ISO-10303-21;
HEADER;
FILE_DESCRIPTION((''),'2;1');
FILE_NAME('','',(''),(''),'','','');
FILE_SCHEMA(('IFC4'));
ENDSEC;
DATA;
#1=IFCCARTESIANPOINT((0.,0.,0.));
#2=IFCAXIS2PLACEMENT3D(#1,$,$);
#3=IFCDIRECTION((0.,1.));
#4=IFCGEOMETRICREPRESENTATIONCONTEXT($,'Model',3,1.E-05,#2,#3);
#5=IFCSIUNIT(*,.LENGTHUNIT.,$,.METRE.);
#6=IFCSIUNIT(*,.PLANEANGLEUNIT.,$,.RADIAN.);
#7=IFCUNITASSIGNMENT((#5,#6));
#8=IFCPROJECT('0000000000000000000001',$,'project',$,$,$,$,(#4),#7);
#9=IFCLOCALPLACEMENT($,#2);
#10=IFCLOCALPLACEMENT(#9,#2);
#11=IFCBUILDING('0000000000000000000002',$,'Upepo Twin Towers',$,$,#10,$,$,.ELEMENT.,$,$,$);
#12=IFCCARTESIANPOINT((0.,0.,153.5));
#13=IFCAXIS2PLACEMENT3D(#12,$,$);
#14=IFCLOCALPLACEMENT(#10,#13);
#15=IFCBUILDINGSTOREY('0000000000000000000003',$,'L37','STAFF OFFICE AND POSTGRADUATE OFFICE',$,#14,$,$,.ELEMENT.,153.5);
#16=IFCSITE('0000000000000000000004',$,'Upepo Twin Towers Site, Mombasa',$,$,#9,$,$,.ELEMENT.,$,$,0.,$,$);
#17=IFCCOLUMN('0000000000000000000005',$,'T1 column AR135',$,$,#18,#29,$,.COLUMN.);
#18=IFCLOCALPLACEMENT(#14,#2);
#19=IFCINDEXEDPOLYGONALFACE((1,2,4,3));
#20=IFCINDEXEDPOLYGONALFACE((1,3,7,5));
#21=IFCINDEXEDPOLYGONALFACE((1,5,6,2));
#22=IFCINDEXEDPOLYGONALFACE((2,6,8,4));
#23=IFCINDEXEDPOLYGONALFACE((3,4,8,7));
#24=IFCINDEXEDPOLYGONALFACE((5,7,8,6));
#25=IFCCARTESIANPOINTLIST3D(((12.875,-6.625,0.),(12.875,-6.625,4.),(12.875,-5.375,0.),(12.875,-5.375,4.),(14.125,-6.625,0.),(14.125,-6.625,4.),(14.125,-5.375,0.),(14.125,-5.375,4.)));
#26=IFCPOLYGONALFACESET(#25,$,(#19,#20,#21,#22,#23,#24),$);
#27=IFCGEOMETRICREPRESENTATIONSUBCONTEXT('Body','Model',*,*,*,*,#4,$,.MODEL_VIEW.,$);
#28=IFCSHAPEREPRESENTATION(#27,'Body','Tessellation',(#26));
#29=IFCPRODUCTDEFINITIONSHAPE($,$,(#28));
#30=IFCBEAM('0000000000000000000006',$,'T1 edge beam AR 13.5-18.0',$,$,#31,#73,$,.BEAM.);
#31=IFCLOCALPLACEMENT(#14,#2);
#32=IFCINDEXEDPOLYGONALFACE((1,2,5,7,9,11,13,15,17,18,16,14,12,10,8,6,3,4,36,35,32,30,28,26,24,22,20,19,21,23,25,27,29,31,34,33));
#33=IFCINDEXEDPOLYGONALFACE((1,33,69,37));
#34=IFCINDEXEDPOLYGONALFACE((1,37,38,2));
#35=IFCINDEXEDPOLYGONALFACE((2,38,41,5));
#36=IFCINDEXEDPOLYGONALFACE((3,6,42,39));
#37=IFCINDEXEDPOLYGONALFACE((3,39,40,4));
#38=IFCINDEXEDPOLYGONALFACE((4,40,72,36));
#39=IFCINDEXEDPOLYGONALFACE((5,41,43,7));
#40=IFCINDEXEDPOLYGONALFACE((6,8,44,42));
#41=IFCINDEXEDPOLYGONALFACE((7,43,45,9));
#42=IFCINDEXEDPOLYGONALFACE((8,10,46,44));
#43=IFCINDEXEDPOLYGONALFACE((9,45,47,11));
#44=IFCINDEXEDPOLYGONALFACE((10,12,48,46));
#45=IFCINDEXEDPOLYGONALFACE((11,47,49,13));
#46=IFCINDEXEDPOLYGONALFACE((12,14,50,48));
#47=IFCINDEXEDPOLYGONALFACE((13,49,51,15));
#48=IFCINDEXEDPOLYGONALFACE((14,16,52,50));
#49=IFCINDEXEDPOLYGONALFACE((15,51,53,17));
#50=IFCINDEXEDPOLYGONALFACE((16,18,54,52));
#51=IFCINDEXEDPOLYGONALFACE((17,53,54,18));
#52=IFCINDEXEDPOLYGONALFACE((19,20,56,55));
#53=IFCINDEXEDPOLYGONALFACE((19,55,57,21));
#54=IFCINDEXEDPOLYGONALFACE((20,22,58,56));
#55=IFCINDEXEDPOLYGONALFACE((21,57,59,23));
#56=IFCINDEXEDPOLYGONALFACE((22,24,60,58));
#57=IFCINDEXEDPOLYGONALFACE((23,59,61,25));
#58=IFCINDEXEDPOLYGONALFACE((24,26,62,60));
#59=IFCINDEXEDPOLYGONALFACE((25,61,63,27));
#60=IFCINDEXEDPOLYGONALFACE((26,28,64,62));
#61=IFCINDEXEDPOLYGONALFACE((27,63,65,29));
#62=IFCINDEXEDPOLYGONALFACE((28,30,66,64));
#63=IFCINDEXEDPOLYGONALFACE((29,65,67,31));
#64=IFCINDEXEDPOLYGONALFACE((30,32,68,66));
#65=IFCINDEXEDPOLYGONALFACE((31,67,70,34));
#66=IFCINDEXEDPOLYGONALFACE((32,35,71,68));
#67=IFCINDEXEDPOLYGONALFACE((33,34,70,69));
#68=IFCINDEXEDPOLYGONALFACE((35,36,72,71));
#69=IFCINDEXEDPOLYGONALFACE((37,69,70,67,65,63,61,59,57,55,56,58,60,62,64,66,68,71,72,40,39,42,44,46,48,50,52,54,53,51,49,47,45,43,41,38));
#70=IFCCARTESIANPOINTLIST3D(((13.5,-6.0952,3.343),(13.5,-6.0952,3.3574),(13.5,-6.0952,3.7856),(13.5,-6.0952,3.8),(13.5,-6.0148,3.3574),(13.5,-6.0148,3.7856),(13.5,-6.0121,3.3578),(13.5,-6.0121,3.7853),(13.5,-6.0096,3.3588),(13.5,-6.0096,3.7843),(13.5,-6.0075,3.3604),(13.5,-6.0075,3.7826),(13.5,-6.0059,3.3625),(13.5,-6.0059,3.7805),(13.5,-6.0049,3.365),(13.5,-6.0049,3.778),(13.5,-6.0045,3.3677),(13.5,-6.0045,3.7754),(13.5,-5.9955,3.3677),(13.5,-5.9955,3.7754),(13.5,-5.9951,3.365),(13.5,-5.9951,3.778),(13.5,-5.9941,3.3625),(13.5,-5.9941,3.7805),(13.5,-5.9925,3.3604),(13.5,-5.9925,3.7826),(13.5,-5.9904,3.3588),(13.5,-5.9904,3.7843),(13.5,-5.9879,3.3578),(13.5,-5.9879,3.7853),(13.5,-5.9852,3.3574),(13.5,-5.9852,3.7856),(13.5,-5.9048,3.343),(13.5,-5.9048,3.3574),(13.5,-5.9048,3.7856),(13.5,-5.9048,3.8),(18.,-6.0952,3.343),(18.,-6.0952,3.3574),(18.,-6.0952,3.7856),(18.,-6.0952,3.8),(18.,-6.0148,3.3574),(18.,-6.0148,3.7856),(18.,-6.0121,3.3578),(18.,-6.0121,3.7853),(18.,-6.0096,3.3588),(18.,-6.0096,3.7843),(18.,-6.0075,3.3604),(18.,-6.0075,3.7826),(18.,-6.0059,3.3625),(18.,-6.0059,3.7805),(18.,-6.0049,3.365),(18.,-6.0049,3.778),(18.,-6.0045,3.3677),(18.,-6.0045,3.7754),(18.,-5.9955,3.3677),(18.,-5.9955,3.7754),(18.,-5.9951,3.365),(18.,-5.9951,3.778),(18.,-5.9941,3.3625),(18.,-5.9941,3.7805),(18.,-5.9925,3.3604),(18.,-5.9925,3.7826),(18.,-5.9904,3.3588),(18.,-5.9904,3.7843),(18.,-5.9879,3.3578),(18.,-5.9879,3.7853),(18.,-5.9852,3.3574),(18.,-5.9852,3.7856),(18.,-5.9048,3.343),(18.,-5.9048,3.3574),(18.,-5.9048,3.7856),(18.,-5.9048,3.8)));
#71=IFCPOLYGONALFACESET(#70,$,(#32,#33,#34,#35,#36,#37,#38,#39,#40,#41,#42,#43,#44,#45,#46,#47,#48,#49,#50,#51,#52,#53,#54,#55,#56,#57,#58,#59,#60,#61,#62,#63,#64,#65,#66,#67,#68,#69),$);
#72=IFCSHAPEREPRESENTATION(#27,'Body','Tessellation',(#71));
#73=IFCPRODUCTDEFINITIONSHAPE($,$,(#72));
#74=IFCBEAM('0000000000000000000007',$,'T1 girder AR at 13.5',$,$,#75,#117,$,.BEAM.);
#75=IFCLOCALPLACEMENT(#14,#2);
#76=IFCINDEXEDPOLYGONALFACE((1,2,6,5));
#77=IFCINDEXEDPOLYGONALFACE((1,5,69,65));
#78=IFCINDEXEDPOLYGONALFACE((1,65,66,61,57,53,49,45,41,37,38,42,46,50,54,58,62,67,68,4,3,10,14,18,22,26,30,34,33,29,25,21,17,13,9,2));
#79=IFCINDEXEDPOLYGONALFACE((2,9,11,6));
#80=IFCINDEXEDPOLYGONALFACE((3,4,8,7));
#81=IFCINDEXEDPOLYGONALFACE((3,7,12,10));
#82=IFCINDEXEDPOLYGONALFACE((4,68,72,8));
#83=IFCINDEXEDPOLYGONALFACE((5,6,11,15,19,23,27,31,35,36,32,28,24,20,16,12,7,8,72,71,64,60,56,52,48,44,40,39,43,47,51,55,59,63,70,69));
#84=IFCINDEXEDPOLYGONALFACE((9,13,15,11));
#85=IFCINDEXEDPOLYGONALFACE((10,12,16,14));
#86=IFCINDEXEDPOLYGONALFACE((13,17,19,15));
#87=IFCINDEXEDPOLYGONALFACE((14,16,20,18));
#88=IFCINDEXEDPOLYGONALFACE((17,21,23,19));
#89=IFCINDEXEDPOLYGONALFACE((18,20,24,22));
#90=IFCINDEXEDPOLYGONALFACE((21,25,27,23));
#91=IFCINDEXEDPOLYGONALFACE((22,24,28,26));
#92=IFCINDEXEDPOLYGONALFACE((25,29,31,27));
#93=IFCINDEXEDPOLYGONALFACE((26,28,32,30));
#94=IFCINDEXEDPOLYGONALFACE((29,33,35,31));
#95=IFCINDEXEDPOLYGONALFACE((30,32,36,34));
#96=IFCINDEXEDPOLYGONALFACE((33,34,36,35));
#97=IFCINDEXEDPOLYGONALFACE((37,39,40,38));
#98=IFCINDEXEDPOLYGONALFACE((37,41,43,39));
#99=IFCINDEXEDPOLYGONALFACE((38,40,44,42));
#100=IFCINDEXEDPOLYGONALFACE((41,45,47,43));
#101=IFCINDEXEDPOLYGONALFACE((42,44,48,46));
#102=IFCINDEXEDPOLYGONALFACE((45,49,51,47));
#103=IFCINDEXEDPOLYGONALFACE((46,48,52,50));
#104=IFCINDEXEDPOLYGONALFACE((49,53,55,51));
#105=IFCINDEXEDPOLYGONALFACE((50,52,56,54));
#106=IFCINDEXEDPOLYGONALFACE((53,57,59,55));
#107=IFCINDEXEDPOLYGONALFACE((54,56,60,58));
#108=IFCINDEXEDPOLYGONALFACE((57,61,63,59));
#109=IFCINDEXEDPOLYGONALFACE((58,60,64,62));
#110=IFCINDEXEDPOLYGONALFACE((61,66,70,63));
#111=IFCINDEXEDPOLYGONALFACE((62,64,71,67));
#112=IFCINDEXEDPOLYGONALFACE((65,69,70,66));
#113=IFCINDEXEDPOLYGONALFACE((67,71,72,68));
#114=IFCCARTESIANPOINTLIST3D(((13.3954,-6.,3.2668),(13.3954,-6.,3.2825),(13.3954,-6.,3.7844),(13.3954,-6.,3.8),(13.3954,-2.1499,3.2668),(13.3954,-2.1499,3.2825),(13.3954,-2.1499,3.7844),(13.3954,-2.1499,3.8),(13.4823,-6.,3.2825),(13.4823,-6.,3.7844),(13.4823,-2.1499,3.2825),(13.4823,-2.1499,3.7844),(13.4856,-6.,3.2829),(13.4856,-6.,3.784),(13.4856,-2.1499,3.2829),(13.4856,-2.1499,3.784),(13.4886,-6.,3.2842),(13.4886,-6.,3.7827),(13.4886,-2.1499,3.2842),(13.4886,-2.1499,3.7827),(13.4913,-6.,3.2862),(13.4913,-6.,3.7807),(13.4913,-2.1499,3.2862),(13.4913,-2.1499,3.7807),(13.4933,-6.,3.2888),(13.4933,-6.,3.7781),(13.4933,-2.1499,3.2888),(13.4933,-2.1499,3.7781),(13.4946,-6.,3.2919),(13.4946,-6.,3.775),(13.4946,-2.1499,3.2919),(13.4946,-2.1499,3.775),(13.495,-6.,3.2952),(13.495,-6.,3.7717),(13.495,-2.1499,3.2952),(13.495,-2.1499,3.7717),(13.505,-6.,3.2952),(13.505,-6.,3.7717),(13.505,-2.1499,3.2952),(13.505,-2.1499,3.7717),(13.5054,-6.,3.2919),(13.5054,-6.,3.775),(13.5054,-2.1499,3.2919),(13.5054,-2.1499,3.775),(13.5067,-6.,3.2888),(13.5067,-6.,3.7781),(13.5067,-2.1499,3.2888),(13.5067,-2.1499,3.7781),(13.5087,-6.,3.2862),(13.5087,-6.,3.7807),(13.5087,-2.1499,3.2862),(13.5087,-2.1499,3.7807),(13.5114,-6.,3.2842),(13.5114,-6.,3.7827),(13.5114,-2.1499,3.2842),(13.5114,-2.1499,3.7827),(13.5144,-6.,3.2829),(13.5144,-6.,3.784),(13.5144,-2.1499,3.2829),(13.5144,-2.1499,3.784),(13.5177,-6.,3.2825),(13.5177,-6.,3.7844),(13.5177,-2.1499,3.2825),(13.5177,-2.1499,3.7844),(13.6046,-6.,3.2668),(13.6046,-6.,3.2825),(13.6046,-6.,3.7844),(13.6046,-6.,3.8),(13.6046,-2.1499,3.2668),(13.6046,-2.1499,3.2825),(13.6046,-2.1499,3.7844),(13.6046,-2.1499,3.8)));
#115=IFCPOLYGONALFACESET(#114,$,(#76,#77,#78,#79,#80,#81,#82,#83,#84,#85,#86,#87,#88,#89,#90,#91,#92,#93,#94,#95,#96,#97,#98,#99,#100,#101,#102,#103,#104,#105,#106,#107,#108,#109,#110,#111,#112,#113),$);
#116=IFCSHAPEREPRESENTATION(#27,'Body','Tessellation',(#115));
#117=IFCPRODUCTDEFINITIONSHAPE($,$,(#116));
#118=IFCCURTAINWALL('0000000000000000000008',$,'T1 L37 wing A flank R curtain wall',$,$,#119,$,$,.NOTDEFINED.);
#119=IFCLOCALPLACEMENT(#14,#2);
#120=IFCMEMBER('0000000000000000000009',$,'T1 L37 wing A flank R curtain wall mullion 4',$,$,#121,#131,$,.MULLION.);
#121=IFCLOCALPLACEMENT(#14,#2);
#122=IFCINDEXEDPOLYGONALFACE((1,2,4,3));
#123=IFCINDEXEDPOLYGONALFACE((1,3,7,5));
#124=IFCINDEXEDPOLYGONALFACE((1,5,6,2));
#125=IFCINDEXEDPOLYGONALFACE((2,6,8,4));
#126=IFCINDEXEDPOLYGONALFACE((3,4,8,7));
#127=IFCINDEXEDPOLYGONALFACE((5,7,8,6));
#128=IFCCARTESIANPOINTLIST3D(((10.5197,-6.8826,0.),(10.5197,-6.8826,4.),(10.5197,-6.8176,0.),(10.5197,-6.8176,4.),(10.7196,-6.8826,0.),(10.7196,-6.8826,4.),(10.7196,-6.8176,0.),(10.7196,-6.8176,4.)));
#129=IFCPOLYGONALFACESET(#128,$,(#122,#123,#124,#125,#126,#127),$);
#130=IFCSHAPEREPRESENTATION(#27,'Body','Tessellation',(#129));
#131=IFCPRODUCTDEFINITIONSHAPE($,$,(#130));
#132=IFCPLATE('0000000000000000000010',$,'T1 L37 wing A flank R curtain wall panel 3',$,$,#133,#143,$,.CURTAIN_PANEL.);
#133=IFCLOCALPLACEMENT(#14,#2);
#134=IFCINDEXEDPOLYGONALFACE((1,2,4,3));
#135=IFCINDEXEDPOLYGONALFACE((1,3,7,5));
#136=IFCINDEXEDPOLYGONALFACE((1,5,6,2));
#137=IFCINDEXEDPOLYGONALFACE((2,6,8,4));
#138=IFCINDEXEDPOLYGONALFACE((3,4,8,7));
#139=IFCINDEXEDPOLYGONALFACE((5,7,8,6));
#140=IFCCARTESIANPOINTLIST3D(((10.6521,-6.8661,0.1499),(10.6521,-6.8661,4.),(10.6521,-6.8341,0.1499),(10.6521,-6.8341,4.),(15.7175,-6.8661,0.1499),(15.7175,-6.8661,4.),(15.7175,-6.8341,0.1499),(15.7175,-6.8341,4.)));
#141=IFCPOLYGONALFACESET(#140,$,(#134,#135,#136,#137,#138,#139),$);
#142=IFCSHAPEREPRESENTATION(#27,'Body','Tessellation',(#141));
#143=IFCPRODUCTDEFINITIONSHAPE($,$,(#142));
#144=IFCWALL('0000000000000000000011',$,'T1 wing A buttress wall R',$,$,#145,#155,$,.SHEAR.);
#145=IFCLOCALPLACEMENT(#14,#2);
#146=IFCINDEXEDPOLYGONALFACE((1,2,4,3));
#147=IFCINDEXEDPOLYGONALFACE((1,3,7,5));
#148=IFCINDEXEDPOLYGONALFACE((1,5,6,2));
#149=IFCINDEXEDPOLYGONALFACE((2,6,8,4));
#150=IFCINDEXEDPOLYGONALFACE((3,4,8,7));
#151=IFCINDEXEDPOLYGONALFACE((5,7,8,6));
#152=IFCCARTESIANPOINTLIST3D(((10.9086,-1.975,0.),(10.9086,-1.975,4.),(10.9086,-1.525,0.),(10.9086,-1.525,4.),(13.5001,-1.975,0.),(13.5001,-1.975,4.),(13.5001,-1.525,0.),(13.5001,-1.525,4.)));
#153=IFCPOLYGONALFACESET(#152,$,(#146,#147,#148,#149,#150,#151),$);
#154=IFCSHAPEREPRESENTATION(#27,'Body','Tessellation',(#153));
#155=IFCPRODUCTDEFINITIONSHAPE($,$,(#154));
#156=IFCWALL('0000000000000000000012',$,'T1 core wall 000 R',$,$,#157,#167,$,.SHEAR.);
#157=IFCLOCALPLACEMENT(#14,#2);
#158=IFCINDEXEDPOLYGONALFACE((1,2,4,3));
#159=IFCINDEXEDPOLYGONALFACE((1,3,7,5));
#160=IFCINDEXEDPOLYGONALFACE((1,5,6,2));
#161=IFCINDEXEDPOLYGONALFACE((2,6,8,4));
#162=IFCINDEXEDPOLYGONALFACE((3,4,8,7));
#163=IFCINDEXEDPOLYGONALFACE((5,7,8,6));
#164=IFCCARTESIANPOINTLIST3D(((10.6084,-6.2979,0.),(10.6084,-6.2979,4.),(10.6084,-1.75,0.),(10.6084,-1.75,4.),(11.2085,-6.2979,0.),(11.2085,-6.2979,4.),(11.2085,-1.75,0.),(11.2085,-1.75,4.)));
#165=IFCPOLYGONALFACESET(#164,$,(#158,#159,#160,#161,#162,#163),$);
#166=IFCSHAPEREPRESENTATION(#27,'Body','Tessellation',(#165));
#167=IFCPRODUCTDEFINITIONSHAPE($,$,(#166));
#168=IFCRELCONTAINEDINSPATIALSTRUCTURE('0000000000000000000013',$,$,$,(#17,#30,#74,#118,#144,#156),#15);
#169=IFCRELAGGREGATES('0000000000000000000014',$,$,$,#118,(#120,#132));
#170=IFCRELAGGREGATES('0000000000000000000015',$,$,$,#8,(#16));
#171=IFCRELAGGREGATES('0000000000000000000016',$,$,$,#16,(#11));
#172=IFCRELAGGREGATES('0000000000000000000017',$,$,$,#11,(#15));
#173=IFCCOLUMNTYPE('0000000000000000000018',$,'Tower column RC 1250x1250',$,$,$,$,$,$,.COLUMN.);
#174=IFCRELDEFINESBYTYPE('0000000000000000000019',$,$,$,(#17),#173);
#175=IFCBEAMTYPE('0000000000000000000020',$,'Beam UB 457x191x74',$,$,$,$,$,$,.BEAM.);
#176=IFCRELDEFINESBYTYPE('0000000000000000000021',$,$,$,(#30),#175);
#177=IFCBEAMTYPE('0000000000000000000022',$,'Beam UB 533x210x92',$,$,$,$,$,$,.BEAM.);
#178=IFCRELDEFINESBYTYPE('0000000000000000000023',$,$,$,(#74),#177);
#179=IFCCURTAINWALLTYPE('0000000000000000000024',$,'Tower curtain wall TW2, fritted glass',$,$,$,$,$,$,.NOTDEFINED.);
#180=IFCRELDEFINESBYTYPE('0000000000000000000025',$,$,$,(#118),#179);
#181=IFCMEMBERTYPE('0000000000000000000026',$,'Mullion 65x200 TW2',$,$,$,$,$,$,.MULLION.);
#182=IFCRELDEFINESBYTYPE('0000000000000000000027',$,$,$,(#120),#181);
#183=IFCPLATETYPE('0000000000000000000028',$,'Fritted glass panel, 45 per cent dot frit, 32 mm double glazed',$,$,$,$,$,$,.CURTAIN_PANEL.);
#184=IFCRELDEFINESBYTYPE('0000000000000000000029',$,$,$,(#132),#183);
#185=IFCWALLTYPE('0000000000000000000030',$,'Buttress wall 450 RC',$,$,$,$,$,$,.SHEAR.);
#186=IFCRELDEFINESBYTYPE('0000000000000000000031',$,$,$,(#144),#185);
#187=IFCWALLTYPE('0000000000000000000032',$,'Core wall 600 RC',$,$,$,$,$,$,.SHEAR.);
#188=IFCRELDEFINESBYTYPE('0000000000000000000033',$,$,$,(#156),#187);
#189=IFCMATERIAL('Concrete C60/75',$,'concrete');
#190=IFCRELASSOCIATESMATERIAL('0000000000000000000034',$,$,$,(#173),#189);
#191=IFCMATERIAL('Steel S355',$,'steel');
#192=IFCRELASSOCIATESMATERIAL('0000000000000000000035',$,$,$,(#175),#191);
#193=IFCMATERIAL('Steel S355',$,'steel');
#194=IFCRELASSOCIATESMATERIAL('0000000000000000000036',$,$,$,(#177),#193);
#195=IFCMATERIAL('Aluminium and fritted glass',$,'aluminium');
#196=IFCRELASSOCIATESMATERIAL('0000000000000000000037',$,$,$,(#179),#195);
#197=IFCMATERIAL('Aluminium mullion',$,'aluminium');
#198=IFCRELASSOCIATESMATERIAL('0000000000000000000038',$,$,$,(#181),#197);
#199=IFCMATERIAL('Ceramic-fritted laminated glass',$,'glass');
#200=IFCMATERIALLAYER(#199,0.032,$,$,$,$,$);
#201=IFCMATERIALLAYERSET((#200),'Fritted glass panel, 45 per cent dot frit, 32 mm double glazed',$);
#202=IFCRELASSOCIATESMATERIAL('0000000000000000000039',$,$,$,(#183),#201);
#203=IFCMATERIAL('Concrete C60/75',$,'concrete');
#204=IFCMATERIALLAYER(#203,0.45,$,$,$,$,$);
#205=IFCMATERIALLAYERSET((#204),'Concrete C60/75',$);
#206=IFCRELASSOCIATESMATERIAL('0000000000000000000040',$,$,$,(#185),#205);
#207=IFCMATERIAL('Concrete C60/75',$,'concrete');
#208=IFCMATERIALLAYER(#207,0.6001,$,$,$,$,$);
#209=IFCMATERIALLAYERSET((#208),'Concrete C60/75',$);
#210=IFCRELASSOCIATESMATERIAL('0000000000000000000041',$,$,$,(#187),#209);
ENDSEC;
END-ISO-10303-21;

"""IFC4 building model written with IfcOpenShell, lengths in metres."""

from ifc_helpers import new_model, si_unit, direction, frame, frame_2d, origin, origin_2d, place, context, subcontext, project, spatial, rectangle, i_section, extrude, material, layer, layer_set, material_profile, profile_set, type_object, element, aggregate, save


model = new_model("IFC4")

# Units and contexts
model_context = context("Model", 3, precision=1e-05, world=origin(), true_north=direction((0.0, 1.0)))
body_context = subcontext(model_context, "Body", "Model", "MODEL_VIEW")
ifc_project = project(units=[si_unit("LENGTHUNIT", "METRE"), si_unit("PLANEANGLEUNIT", "RADIAN")], contexts=[model_context])

# Site, building, storey
site_placement = place(None, origin())
site = spatial("IfcSite", under=ifc_project, at=site_placement, Name="Upepo Twin Towers Site, Mombasa", CompositionType="ELEMENT", RefElevation=0.0)
building_placement = place(site_placement, origin())
building = spatial("IfcBuilding", under=site, at=building_placement, Name="Upepo Twin Towers", CompositionType="ELEMENT")
storey_placement = place(building_placement, frame((0.0, 0.0, 153.5)))
storey = spatial("IfcBuildingStorey", under=building, at=storey_placement, Name="L37", Description="STAFF OFFICE AND POSTGRADUATE OFFICE", CompositionType="ELEMENT", Elevation=153.5)

# Column
ifc_material_1 = material(Name="Concrete C60/75", Category="concrete")
ifc_material_profile_1 = material_profile(ifc_material_1, rectangle(XDim=1.25, YDim=1.25, at=origin_2d()), Name="RC 1250x1250")
ifc_profile_set_1 = profile_set([ifc_material_profile_1], Name="Concrete C60/75")
column_type = type_object("IfcColumnType", Name="Tower column RC 1250x1250", PredefinedType="COLUMN", material=ifc_profile_set_1)
column_placement = place(storey_placement, frame((13.5, -6.0, 0.0), z_axis=(0.0, 0.0, 1.0), x_axis=(1.0, 0.0, 0.0)))
element("IfcColumn", 1, at=column_placement, inside=storey, type_object=column_type, Name="T1 column AR135", PredefinedType="COLUMN", context=body_context, shape_type="SweptSolid", body=[
    extrude(rectangle(XDim=1.25, YDim=1.25, at=origin_2d()), origin(), (0.0, 0.0, 1.0), 4.0),
])

# Beams
ifc_material_2 = material(Name="Steel S355", Category="steel")
ifc_material_profile_2 = material_profile(ifc_material_2, i_section(OverallWidth=0.1904, OverallDepth=0.457, WebThickness=0.009, FlangeThickness=0.0144, FilletRadius=0.0103, at=origin_2d()), Name="UB 457x191x74")
ifc_profile_set_2 = profile_set([ifc_material_profile_2], Name="Steel S355")
beam_type_1 = type_object("IfcBeamType", Name="Beam UB 457x191x74", PredefinedType="BEAM", material=ifc_profile_set_2)
beam_1_placement = place(storey_placement, frame((13.5, -6.0, 3.5715), z_axis=(1.0, 0.0, 0.0), x_axis=(0.0, 1.0, 0.0)))
element("IfcBeam", 2, at=beam_1_placement, inside=storey, type_object=beam_type_1, Name="T1 edge beam AR 13.5-18.0", PredefinedType="BEAM", context=body_context, shape_type="SweptSolid", body=[
    extrude(i_section(OverallWidth=0.1904, OverallDepth=0.457, WebThickness=0.009, FlangeThickness=0.0144, FilletRadius=0.0103, at=origin_2d()), origin(), (0.0, 0.0, 1.0), 4.5),
])
ifc_material_3 = material(Name="Steel S355", Category="steel")
ifc_material_profile_3 = material_profile(ifc_material_3, i_section(OverallWidth=0.2092, OverallDepth=0.5332, WebThickness=0.01, FlangeThickness=0.0156, FilletRadius=0.0127, at=origin_2d()), Name="UB 533x210x92")
ifc_profile_set_3 = profile_set([ifc_material_profile_3], Name="Steel S355")
beam_type_2 = type_object("IfcBeamType", Name="Beam UB 533x210x92", PredefinedType="BEAM", material=ifc_profile_set_3)
beam_2_placement = place(storey_placement, frame((13.5, -6.0, 3.5334), z_axis=(0.0, 1.0, 0.0), x_axis=(-1.0, 0.0, 0.0)))
element("IfcBeam", 3, at=beam_2_placement, inside=storey, type_object=beam_type_2, Name="T1 girder AR at 13.5", PredefinedType="BEAM", context=body_context, shape_type="SweptSolid", body=[
    extrude(i_section(OverallWidth=0.2092, OverallDepth=0.5332, WebThickness=0.01, FlangeThickness=0.0156, FilletRadius=0.0127, at=origin_2d()), origin(), (0.0, 0.0, 1.0), 3.8501),
])

# Curtain wall, member, plate
ifc_material_4 = material(Name="Aluminium and fritted glass", Category="aluminium")
curtain_wall_type = type_object("IfcCurtainWallType", Name="Tower curtain wall TW2, fritted glass", PredefinedType="NOTDEFINED", material=ifc_material_4)
curtain_wall_placement = place(storey_placement, origin())
curtain_wall = element("IfcCurtainWall", 4, at=curtain_wall_placement, inside=storey, type_object=curtain_wall_type, Name="T1 L37 wing A flank R curtain wall", PredefinedType="NOTDEFINED")
ifc_material_5 = material(Name="Aluminium mullion", Category="aluminium")
ifc_material_profile_4 = material_profile(ifc_material_5, rectangle(XDim=0.0649, YDim=0.2, at=origin_2d()), Name="MULLION 65x200")
ifc_profile_set_4 = profile_set([ifc_material_profile_4], Name="Aluminium mullion")
member_type = type_object("IfcMemberType", Name="Mullion 65x200 TW2", PredefinedType="MULLION", material=ifc_profile_set_4)
member_placement = place(storey_placement, frame((10.6196, -6.8501, 0.0), z_axis=(0.0, 0.0, 1.0), x_axis=(0.0, -1.0, 0.0)))
member = element("IfcMember", 5, at=member_placement, type_object=member_type, Name="T1 L37 wing A flank R curtain wall mullion 4", PredefinedType="MULLION", context=body_context, shape_type="SweptSolid", body=[
    extrude(rectangle(XDim=0.0649, YDim=0.2, at=origin_2d()), origin(), (0.0, 0.0, 1.0), 4.0),
])
ifc_material_6 = material(Name="Ceramic-fritted laminated glass", Category="glass")
ifc_layer_1 = layer(ifc_material_6, 0.032)
ifc_layer_set_1 = layer_set([ifc_layer_1], Name="Fritted glass panel, 45 per cent dot frit, 32 mm double glazed")
plate_type = type_object("IfcPlateType", Name="Fritted glass panel, 45 per cent dot frit, 32 mm double glazed", PredefinedType="CURTAIN_PANEL", material=ifc_layer_set_1)
plate_placement = place(storey_placement, frame((13.1848, -6.8501, 0.1499), z_axis=(0.0, 0.0, 1.0), x_axis=(-1.0, 0.0, 0.0)))
plate = element("IfcPlate", 6, at=plate_placement, type_object=plate_type, Name="T1 L37 wing A flank R curtain wall panel 3", PredefinedType="CURTAIN_PANEL", context=body_context, shape_type="SweptSolid", body=[
    extrude(rectangle(XDim=5.0654, YDim=0.032, at=origin_2d()), origin(), (0.0, 0.0, 1.0), 3.8501),
])
aggregate(curtain_wall, [member, plate])

# Walls
ifc_material_7 = material(Name="Concrete C60/75", Category="concrete")
ifc_layer_2 = layer(ifc_material_7, 0.45)
ifc_layer_set_2 = layer_set([ifc_layer_2], Name="Concrete C60/75")
wall_type_1 = type_object("IfcWallType", Name="Buttress wall 450 RC", PredefinedType="SHEAR", material=ifc_layer_set_2)
wall_1_placement = place(storey_placement, frame((10.9084, -1.75, 0.0), z_axis=(0.0, 0.0, 1.0), x_axis=(1.0, 0.0, 0.0)))
element("IfcWall", 7, at=wall_1_placement, inside=storey, type_object=wall_type_1, Name="T1 wing A buttress wall R", PredefinedType="SHEAR", context=body_context, shape_type="SweptSolid", body=[
    extrude(rectangle(XDim=2.5916, YDim=0.45, at=frame_2d((1.2959, 0.0))), origin(), (0.0, 0.0, 1.0), 4.0),
])
ifc_material_8 = material(Name="Concrete C60/75", Category="concrete")
ifc_layer_3 = layer(ifc_material_8, 0.6001)
ifc_layer_set_3 = layer_set([ifc_layer_3], Name="Concrete C60/75")
wall_type_2 = type_object("IfcWallType", Name="Core wall 600 RC", PredefinedType="SHEAR", material=ifc_layer_set_3)
wall_2_placement = place(storey_placement, frame((10.9084, -6.2979, 0.0), z_axis=(0.0, 0.0, 1.0), x_axis=(0.0, 1.0, 0.0)))
element("IfcWall", 8, at=wall_2_placement, inside=storey, type_object=wall_type_2, Name="T1 core wall 000 R", PredefinedType="SHEAR", context=body_context, shape_type="SweptSolid", body=[
    extrude(rectangle(XDim=4.5479, YDim=0.6001, at=frame_2d((2.2739, 0.0))), origin(), (0.0, 0.0, 1.0), 4.0),
])

save(model, "model.ifc")
